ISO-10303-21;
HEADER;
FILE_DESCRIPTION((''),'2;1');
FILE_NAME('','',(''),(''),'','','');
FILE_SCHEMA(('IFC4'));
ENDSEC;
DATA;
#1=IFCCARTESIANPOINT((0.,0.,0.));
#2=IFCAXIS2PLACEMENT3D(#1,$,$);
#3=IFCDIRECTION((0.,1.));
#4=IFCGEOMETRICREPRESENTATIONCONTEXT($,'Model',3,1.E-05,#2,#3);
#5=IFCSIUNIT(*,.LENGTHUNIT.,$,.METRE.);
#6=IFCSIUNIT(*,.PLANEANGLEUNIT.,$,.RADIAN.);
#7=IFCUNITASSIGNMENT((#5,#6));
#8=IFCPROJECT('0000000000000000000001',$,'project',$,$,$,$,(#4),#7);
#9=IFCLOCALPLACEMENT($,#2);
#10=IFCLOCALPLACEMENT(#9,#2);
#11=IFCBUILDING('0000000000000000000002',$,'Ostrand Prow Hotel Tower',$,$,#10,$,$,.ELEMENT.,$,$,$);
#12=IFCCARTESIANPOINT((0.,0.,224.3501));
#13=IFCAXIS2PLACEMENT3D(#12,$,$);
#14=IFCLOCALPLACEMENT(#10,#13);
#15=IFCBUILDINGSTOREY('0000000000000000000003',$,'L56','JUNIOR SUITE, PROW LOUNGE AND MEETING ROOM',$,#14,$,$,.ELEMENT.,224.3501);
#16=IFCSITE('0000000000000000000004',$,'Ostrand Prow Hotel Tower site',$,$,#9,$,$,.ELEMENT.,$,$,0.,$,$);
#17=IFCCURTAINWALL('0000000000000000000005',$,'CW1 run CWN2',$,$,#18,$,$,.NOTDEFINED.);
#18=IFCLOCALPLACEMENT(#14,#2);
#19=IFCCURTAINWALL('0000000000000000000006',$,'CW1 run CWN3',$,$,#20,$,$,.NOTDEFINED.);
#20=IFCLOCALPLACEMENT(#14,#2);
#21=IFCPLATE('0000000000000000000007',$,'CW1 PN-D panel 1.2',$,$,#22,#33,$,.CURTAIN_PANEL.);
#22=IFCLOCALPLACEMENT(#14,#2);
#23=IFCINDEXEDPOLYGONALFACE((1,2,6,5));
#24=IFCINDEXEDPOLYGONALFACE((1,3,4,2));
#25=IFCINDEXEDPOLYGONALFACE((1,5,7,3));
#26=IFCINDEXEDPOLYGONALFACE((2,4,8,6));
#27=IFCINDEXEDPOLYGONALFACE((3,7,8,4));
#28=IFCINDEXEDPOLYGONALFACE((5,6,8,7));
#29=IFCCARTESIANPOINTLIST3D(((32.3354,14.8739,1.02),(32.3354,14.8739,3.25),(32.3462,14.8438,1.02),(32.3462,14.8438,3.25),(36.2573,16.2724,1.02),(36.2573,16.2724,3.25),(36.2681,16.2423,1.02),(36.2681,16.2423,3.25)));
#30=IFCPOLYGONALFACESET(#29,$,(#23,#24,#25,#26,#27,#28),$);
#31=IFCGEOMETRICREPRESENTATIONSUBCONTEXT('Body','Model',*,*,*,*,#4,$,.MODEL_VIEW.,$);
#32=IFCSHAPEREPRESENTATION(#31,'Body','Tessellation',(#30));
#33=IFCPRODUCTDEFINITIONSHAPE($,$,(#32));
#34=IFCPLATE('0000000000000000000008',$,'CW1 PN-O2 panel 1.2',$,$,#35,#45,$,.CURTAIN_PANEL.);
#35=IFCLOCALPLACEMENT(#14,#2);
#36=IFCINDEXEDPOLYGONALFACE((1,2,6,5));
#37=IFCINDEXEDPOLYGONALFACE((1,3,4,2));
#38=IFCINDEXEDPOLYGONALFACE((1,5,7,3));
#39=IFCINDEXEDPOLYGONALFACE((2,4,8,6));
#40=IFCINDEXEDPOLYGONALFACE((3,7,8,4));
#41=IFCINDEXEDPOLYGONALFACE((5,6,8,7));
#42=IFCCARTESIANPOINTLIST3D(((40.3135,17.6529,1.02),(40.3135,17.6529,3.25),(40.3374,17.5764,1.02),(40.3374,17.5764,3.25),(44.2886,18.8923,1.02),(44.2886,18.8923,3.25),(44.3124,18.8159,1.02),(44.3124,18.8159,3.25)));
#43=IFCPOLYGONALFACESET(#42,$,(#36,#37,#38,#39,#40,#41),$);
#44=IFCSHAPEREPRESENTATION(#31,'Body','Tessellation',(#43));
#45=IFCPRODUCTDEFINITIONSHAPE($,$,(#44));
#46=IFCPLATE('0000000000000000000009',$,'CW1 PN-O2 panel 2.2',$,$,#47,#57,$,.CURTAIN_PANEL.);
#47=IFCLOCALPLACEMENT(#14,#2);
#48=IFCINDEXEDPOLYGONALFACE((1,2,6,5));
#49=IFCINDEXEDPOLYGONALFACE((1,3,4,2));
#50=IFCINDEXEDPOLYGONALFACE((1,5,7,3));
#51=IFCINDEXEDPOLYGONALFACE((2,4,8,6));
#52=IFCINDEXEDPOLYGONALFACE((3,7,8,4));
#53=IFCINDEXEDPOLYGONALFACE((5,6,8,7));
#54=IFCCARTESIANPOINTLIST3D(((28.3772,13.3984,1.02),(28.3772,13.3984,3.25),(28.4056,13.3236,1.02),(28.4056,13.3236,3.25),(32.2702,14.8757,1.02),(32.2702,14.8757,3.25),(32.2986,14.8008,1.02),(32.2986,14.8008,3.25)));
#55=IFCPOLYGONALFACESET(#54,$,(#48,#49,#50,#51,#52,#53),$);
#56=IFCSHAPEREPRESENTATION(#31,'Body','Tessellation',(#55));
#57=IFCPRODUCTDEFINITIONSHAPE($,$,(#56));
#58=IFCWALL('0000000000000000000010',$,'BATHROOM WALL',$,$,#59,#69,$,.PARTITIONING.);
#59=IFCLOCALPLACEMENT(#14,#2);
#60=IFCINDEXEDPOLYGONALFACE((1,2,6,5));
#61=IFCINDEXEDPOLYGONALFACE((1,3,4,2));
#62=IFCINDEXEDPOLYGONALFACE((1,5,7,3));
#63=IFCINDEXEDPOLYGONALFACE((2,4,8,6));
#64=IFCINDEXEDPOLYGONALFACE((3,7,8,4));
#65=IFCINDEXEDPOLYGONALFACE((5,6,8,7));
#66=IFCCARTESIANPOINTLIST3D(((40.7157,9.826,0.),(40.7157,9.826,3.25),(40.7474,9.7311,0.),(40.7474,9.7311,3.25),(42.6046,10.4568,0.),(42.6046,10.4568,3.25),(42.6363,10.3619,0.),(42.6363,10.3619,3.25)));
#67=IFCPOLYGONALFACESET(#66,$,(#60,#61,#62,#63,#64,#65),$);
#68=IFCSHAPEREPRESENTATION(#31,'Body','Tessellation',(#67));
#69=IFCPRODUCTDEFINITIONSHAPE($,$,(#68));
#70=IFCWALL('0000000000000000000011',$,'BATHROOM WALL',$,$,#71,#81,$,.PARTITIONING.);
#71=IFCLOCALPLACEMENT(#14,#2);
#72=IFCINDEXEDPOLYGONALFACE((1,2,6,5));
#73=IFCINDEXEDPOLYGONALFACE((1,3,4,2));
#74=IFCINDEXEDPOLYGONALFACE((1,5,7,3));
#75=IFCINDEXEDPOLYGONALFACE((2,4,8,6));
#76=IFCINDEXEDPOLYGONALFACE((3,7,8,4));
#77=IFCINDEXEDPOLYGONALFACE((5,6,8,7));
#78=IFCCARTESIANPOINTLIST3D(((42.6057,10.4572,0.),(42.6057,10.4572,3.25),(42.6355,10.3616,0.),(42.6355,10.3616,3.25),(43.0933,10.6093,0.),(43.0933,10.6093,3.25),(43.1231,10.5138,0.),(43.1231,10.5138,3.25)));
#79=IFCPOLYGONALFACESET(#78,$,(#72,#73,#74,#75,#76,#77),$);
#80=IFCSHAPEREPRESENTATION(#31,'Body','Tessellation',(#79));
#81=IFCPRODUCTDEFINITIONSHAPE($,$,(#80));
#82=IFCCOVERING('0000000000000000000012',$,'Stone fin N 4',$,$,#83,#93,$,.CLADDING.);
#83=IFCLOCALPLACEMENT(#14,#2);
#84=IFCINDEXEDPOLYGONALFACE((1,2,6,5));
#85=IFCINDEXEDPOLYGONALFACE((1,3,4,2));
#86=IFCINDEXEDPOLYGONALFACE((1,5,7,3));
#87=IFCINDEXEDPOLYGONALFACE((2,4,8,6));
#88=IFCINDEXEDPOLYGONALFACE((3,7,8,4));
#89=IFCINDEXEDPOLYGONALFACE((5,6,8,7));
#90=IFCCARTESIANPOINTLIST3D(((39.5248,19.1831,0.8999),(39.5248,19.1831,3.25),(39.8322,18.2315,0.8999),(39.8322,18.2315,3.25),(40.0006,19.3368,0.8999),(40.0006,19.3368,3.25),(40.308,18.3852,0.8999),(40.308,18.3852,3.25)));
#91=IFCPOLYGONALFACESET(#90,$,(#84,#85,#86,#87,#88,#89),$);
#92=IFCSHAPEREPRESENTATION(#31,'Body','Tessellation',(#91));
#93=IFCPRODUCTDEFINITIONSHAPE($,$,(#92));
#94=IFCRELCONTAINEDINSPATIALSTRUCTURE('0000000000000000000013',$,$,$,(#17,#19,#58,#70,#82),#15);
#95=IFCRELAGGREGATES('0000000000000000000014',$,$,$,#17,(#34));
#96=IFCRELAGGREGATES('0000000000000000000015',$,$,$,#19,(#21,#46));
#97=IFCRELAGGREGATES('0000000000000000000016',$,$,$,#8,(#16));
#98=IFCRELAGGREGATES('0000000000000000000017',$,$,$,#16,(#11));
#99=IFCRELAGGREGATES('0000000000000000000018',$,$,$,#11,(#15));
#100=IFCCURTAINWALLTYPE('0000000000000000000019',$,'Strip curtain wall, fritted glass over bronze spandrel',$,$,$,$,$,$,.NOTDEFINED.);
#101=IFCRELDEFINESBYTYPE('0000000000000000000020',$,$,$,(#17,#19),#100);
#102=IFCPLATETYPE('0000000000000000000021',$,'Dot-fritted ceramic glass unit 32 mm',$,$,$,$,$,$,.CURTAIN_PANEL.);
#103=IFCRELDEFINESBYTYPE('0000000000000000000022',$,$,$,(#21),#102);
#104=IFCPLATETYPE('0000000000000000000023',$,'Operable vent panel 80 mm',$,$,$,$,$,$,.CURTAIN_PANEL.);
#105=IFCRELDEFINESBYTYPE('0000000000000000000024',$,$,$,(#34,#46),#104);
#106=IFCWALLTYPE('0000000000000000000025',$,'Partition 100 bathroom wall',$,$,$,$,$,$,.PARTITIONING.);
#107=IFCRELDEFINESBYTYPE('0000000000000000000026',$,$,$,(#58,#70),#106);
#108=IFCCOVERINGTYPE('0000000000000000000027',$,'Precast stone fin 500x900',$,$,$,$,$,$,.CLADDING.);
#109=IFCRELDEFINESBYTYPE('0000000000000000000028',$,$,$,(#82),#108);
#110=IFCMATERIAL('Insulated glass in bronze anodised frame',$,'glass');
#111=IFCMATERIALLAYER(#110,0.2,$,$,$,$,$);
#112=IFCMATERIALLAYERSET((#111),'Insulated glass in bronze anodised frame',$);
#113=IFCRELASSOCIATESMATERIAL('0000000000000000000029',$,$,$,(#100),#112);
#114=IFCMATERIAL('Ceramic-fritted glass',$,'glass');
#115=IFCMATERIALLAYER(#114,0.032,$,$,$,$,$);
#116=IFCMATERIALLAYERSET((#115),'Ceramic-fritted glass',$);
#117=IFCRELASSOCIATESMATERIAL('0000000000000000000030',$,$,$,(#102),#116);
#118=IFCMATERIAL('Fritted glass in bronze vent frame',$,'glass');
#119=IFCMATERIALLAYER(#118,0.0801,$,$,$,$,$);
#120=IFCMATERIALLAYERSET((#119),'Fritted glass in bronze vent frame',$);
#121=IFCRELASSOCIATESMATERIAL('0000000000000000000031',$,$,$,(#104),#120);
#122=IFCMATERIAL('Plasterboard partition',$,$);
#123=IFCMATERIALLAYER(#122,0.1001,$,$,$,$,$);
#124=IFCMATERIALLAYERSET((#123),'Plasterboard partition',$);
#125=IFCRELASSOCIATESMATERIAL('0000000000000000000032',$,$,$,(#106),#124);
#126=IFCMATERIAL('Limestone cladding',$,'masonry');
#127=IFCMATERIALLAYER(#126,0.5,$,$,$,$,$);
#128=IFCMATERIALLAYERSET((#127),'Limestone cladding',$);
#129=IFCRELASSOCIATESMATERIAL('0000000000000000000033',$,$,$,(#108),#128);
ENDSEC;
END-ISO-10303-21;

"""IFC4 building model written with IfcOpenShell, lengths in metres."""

from ifc_helpers import new_model, si_unit, direction, frame, frame_2d, origin, origin_2d, place, context, subcontext, project, spatial, rectangle, extrude, material, layer, layer_set, type_object, element, aggregate, save


model = new_model("IFC4")

# Units and contexts
model_context = context("Model", 3, precision=1e-05, world=origin(), true_north=direction((0.0, 1.0)))
body_context = subcontext(model_context, "Body", "Model", "MODEL_VIEW")
ifc_project = project(units=[si_unit("LENGTHUNIT", "METRE"), si_unit("PLANEANGLEUNIT", "RADIAN")], contexts=[model_context])

# Site, building, storey
site_placement = place(None, origin())
site = spatial("IfcSite", under=ifc_project, at=site_placement, Name="Ostrand Prow Hotel Tower site", CompositionType="ELEMENT", RefElevation=0.0)
building_placement = place(site_placement, origin())
building = spatial("IfcBuilding", under=site, at=building_placement, Name="Ostrand Prow Hotel Tower", CompositionType="ELEMENT")
storey_placement = place(building_placement, frame((0.0, 0.0, 224.3501)))
storey = spatial("IfcBuildingStorey", under=building, at=storey_placement, Name="L56", Description="JUNIOR SUITE, PROW LOUNGE AND MEETING ROOM", CompositionType="ELEMENT", Elevation=224.3501)

# Curtain walls
ifc_material_1 = material(Name="Insulated glass in bronze anodised frame", Category="glass")
ifc_layer_1 = layer(ifc_material_1, 0.2)
ifc_layer_set_1 = layer_set([ifc_layer_1], Name="Insulated glass in bronze anodised frame")
curtain_wall_type = type_object("IfcCurtainWallType", Name="Strip curtain wall, fritted glass over bronze spandrel", PredefinedType="NOTDEFINED", material=ifc_layer_set_1)
curtain_wall_1_placement = place(storey_placement, origin())
curtain_wall_1 = element("IfcCurtainWall", 1, at=curtain_wall_1_placement, inside=storey, type_object=curtain_wall_type, Name="CW1 run CWN2", PredefinedType="NOTDEFINED")
curtain_wall_2_placement = place(storey_placement, origin())
curtain_wall_2 = element("IfcCurtainWall", 2, at=curtain_wall_2_placement, inside=storey, type_object=curtain_wall_type, Name="CW1 run CWN3", PredefinedType="NOTDEFINED")

# Plates
ifc_material_2 = material(Name="Ceramic-fritted glass", Category="glass")
ifc_layer_2 = layer(ifc_material_2, 0.032)
ifc_layer_set_2 = layer_set([ifc_layer_2], Name="Ceramic-fritted glass")
plate_type_1 = type_object("IfcPlateType", Name="Dot-fritted ceramic glass unit 32 mm", PredefinedType="CURTAIN_PANEL", material=ifc_layer_set_2)
plate_1_placement = place(storey_placement, frame((34.3018, 15.5581, 1.02), z_axis=(0.0, 0.0, 1.0), x_axis=(-0.941906, -0.335877, 0.0)))
plate_1 = element("IfcPlate", 3, at=plate_1_placement, type_object=plate_type_1, Name="CW1 PN-D panel 1.2", PredefinedType="CURTAIN_PANEL", context=body_context, shape_type="SweptSolid", body=[
    extrude(rectangle(XDim=4.1638, YDim=0.032, at=origin_2d()), origin(), (0.0, 0.0, 1.0), 2.23),
])
ifc_material_3 = material(Name="Fritted glass in bronze vent frame", Category="glass")
ifc_layer_3 = layer(ifc_material_3, 0.0801)
ifc_layer_set_3 = layer_set([ifc_layer_3], Name="Fritted glass in bronze vent frame")
plate_type_2 = type_object("IfcPlateType", Name="Operable vent panel 80 mm", PredefinedType="CURTAIN_PANEL", material=ifc_layer_set_3)
plate_2_placement = place(storey_placement, frame((42.313, 18.2344, 1.02), z_axis=(0.0, 0.0, 1.0), x_axis=(-0.954666, -0.297678, 0.0)))
plate_2 = element("IfcPlate", 4, at=plate_2_placement, type_object=plate_type_2, Name="CW1 PN-O2 panel 1.2", PredefinedType="CURTAIN_PANEL", context=body_context, shape_type="SweptSolid", body=[
    extrude(rectangle(XDim=4.1638, YDim=0.0801, at=origin_2d()), origin(), (0.0, 0.0, 1.0), 2.23),
])
aggregate(curtain_wall_1, [plate_2])
plate_3_placement = place(storey_placement, frame((30.3379, 14.0996, 1.02), z_axis=(0.0, 0.0, 1.0), x_axis=(-0.934951, -0.354777, 0.0)))
plate_3 = element("IfcPlate", 5, at=plate_3_placement, type_object=plate_type_2, Name="CW1 PN-O2 panel 2.2", PredefinedType="CURTAIN_PANEL", context=body_context, shape_type="SweptSolid", body=[
    extrude(rectangle(XDim=4.1638, YDim=0.0801, at=origin_2d()), origin(), (0.0, 0.0, 1.0), 2.23),
])
aggregate(curtain_wall_2, [plate_1, plate_3])

# Walls
ifc_material_4 = material(Name="Plasterboard partition")
ifc_layer_4 = layer(ifc_material_4, 0.1001)
ifc_layer_set_4 = layer_set([ifc_layer_4], Name="Plasterboard partition")
wall_type = type_object("IfcWallType", Name="Partition 100 bathroom wall", PredefinedType="PARTITIONING", material=ifc_layer_set_4)
wall_1_placement = place(storey_placement, frame((40.7317, 9.7786, 0.0), z_axis=(0.0, 0.0, 1.0), x_axis=(0.948499, 0.316779, 0.0)))
element("IfcWall", 6, at=wall_1_placement, inside=storey, type_object=wall_type, Name="BATHROOM WALL", PredefinedType="PARTITIONING", context=body_context, shape_type="SweptSolid", body=[
    extrude(rectangle(XDim=1.9915, YDim=0.1001, at=frame_2d((0.9956, 0.0))), origin(), (0.0, 0.0, 1.0), 3.25),
])
wall_2_placement = place(storey_placement, frame((42.6206, 10.4094, 0.0), z_axis=(0.0, 0.0, 1.0), x_axis=(0.954624, 0.297812, 0.0)))
element("IfcWall", 7, at=wall_2_placement, inside=storey, type_object=wall_type, Name="BATHROOM WALL", PredefinedType="PARTITIONING", context=body_context, shape_type="SweptSolid", body=[
    extrude(rectangle(XDim=0.5107, YDim=0.1001, at=frame_2d((0.2554, 0.0))), origin(), (0.0, 0.0, 1.0), 3.25),
])

# Covering
ifc_material_5 = material(Name="Limestone cladding", Category="masonry")
ifc_layer_5 = layer(ifc_material_5, 0.5)
ifc_layer_set_5 = layer_set([ifc_layer_5], Name="Limestone cladding")
covering_type = type_object("IfcCoveringType", Name="Precast stone fin 500x900", PredefinedType="CLADDING", material=ifc_layer_set_5)
covering_placement = place(storey_placement, frame((40.0701, 18.3083, 0.8999), z_axis=(0.0, 0.0, 1.0), x_axis=(-0.307352, 0.951596, 0.0)))
element("IfcCovering", 8, at=covering_placement, inside=storey, type_object=covering_type, Name="Stone fin N 4", PredefinedType="CLADDING", context=body_context, shape_type="SweptSolid", body=[
    extrude(rectangle(XDim=1.0, YDim=0.5, at=frame_2d((0.5, 0.0))), origin(), (0.0, 0.0, 1.0), 2.3501),
])

save(model, "model.ifc")
